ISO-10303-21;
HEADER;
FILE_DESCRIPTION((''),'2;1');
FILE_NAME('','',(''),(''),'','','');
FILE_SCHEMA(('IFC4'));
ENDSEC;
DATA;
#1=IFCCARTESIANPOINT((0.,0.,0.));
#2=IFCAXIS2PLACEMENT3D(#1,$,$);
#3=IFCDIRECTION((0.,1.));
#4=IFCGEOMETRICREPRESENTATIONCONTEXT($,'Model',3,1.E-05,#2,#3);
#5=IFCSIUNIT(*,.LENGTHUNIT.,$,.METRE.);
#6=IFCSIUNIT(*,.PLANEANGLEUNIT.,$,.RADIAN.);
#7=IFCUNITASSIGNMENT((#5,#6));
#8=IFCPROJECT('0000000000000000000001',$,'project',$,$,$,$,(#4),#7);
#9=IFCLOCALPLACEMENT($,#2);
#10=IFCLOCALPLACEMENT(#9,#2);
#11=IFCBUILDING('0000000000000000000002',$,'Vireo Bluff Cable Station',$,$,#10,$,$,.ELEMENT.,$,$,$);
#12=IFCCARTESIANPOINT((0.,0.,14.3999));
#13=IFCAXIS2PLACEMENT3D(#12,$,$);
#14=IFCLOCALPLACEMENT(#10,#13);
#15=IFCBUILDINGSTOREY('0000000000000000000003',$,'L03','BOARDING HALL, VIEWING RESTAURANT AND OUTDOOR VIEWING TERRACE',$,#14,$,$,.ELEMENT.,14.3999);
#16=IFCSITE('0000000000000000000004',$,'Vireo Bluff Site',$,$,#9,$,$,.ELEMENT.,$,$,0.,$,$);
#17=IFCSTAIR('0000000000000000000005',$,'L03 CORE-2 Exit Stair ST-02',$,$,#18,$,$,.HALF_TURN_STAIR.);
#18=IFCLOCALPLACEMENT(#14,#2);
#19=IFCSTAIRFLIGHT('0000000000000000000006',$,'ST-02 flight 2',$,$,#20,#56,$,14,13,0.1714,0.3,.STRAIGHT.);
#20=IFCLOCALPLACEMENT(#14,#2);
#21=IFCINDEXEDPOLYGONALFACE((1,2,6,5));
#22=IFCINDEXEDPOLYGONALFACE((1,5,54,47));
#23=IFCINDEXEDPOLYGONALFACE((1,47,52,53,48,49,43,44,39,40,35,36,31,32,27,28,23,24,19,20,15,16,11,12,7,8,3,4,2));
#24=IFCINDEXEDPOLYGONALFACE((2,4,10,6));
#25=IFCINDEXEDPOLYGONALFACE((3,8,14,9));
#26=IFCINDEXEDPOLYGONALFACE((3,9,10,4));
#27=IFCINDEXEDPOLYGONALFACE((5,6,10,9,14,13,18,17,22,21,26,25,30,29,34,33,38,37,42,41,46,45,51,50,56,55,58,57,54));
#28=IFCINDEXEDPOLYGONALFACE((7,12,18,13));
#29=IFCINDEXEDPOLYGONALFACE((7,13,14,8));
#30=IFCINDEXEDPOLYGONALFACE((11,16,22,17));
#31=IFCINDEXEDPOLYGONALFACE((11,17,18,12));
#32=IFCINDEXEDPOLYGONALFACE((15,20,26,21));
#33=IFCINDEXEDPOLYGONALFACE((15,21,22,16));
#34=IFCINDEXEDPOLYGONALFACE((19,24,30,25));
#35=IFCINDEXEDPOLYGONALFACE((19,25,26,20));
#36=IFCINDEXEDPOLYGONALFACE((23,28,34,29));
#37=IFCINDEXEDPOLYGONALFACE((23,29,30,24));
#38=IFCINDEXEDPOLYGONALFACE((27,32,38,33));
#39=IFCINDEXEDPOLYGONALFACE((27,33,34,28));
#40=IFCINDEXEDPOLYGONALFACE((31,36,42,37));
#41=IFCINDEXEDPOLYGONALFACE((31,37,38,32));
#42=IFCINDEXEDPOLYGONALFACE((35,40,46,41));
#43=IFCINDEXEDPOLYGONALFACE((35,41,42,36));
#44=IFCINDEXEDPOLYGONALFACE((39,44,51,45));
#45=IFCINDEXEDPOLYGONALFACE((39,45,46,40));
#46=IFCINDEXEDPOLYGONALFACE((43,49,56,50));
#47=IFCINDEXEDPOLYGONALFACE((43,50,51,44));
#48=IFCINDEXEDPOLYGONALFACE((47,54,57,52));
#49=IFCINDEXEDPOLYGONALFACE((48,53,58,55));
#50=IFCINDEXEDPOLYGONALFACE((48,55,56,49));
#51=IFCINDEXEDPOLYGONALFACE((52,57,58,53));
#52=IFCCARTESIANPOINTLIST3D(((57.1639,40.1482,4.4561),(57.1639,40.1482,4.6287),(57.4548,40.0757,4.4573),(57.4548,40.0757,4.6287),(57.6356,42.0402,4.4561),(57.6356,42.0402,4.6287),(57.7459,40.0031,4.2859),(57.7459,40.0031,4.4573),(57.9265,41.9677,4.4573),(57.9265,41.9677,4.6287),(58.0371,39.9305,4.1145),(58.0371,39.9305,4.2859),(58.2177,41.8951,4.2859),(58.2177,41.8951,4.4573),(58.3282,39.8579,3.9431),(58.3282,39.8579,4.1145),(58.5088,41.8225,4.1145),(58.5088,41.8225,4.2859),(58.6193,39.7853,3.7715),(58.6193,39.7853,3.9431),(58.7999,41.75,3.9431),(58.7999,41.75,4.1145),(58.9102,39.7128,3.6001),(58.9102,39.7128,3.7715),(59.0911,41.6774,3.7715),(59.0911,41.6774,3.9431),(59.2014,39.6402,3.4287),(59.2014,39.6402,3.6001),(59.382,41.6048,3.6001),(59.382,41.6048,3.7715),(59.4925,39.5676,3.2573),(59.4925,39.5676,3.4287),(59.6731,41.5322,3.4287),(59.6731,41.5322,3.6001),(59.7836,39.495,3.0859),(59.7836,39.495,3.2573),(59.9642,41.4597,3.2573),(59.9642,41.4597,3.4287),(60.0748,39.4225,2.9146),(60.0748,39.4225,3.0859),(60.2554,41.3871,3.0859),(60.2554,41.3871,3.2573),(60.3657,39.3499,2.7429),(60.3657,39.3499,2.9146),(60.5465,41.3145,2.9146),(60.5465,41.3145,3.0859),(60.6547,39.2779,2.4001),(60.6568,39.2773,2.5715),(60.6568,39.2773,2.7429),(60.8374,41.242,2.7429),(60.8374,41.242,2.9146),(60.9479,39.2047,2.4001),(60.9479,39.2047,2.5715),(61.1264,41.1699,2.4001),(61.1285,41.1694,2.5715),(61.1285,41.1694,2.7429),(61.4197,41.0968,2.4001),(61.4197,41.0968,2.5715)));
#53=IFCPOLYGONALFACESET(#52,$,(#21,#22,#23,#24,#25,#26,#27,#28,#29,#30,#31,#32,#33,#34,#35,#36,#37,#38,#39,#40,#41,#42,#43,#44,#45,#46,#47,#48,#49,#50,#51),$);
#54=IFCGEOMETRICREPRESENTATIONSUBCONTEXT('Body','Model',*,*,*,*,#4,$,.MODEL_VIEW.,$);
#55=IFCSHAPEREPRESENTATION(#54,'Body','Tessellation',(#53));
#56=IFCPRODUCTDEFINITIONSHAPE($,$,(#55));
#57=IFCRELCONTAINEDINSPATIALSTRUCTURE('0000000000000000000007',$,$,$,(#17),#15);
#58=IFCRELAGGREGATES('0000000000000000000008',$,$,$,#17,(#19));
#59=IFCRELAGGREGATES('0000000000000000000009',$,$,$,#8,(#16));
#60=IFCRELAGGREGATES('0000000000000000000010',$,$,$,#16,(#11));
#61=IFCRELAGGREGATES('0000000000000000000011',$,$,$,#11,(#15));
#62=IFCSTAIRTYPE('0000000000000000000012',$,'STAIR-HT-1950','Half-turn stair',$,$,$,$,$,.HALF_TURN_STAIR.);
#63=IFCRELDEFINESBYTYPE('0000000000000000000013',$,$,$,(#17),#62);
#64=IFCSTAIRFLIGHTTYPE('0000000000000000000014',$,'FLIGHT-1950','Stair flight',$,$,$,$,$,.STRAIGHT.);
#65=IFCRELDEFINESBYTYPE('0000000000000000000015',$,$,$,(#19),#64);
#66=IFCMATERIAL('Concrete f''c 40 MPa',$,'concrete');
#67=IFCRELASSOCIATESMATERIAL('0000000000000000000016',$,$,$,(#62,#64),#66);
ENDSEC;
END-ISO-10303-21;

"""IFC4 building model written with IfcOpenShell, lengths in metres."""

from ifc_helpers import new_model, si_unit, direction, frame, origin, place, context, subcontext, project, spatial, polyline, outline, extrude, material, type_object, element, aggregate, save


model = new_model("IFC4")

# Units and contexts
model_context = context("Model", 3, precision=1e-05, world=origin(), true_north=direction((0.0, 1.0)))
body_context = subcontext(model_context, "Body", "Model", "MODEL_VIEW")
ifc_project = project(units=[si_unit("LENGTHUNIT", "METRE"), si_unit("PLANEANGLEUNIT", "RADIAN")], contexts=[model_context])

# Site, building, storey
site_placement = place(None, origin())
site = spatial("IfcSite", under=ifc_project, at=site_placement, Name="Vireo Bluff Site", CompositionType="ELEMENT", RefElevation=0.0)
building_placement = place(site_placement, origin())
building = spatial("IfcBuilding", under=site, at=building_placement, Name="Vireo Bluff Cable Station", CompositionType="ELEMENT")
storey_placement = place(building_placement, frame((0.0, 0.0, 14.3999)))
storey = spatial("IfcBuildingStorey", under=building, at=storey_placement, Name="L03", Description="BOARDING HALL, VIEWING RESTAURANT AND OUTDOOR VIEWING TERRACE", CompositionType="ELEMENT", Elevation=14.3999)

# Shared definitions
ifc_material_1 = material(Name="Concrete f'c 40 MPa", Category="concrete")

# Stair, stair flight
stair_type = type_object("IfcStairType", Name="STAIR-HT-1950", Description="Half-turn stair", PredefinedType="HALF_TURN_STAIR", material=ifc_material_1)
stair_placement = place(storey_placement, origin())
stair = element("IfcStair", 1, at=stair_placement, inside=storey, type_object=stair_type, Name="L03 CORE-2 Exit Stair ST-02", PredefinedType="HALF_TURN_STAIR")
stair_flight_type = type_object("IfcStairFlightType", Name="FLIGHT-1950", Description="Stair flight", PredefinedType="STRAIGHT", material=ifc_material_1)
stair_flight_placement = place(storey_placement, frame((61.1838, 40.1509, 2.4001), z_axis=(0.0, 0.0, 1.0), x_axis=(-0.970296, 0.241922, 0.0)))
stair_flight = element("IfcStairFlight", 2, at=stair_flight_placement, type_object=stair_flight_type, Name="ST-02 flight 2", NumberOfRisers=14, NumberOfTreads=13, PredefinedType="STRAIGHT", RiserHeight=0.1714, TreadLength=0.3, context=body_context, shape_type="SweptSolid", body=[
    extrude(outline(polyline([(0.0, 0.0), (0.0, 0.1714), (0.3, 0.1714), (0.3, 0.3428), (0.6001, 0.3428), (0.6001, 0.5144), (0.8999, 0.5144), (0.8999, 0.6858), (1.2, 0.6858), (1.2, 0.8572), (1.5, 0.8572), (1.5, 1.0286), (1.8, 1.0286), (1.8, 1.2), (2.1001, 1.2), (2.1001, 1.3713), (2.3999, 1.3713), (2.3999, 1.543), (2.7, 1.543), (2.7, 1.7144), (3.0, 1.7144), (3.0, 1.8857), (3.3, 1.8857), (3.3, 2.0571), (3.6001, 2.0571), (3.6001, 2.2285), (3.8999, 2.2285), (3.8999, 2.3999), (3.8999, 2.0559), (0.3022, 0.0), (0.0, 0.0)])), frame((0.0, 0.9751, 0.0), z_axis=(0.0, -1.0, 0.0), x_axis=(1.0, 0.0, 0.0)), (0.0, 0.0, 1.0), 1.95),
])
aggregate(stair, [stair_flight])

save(model, "model.ifc")
